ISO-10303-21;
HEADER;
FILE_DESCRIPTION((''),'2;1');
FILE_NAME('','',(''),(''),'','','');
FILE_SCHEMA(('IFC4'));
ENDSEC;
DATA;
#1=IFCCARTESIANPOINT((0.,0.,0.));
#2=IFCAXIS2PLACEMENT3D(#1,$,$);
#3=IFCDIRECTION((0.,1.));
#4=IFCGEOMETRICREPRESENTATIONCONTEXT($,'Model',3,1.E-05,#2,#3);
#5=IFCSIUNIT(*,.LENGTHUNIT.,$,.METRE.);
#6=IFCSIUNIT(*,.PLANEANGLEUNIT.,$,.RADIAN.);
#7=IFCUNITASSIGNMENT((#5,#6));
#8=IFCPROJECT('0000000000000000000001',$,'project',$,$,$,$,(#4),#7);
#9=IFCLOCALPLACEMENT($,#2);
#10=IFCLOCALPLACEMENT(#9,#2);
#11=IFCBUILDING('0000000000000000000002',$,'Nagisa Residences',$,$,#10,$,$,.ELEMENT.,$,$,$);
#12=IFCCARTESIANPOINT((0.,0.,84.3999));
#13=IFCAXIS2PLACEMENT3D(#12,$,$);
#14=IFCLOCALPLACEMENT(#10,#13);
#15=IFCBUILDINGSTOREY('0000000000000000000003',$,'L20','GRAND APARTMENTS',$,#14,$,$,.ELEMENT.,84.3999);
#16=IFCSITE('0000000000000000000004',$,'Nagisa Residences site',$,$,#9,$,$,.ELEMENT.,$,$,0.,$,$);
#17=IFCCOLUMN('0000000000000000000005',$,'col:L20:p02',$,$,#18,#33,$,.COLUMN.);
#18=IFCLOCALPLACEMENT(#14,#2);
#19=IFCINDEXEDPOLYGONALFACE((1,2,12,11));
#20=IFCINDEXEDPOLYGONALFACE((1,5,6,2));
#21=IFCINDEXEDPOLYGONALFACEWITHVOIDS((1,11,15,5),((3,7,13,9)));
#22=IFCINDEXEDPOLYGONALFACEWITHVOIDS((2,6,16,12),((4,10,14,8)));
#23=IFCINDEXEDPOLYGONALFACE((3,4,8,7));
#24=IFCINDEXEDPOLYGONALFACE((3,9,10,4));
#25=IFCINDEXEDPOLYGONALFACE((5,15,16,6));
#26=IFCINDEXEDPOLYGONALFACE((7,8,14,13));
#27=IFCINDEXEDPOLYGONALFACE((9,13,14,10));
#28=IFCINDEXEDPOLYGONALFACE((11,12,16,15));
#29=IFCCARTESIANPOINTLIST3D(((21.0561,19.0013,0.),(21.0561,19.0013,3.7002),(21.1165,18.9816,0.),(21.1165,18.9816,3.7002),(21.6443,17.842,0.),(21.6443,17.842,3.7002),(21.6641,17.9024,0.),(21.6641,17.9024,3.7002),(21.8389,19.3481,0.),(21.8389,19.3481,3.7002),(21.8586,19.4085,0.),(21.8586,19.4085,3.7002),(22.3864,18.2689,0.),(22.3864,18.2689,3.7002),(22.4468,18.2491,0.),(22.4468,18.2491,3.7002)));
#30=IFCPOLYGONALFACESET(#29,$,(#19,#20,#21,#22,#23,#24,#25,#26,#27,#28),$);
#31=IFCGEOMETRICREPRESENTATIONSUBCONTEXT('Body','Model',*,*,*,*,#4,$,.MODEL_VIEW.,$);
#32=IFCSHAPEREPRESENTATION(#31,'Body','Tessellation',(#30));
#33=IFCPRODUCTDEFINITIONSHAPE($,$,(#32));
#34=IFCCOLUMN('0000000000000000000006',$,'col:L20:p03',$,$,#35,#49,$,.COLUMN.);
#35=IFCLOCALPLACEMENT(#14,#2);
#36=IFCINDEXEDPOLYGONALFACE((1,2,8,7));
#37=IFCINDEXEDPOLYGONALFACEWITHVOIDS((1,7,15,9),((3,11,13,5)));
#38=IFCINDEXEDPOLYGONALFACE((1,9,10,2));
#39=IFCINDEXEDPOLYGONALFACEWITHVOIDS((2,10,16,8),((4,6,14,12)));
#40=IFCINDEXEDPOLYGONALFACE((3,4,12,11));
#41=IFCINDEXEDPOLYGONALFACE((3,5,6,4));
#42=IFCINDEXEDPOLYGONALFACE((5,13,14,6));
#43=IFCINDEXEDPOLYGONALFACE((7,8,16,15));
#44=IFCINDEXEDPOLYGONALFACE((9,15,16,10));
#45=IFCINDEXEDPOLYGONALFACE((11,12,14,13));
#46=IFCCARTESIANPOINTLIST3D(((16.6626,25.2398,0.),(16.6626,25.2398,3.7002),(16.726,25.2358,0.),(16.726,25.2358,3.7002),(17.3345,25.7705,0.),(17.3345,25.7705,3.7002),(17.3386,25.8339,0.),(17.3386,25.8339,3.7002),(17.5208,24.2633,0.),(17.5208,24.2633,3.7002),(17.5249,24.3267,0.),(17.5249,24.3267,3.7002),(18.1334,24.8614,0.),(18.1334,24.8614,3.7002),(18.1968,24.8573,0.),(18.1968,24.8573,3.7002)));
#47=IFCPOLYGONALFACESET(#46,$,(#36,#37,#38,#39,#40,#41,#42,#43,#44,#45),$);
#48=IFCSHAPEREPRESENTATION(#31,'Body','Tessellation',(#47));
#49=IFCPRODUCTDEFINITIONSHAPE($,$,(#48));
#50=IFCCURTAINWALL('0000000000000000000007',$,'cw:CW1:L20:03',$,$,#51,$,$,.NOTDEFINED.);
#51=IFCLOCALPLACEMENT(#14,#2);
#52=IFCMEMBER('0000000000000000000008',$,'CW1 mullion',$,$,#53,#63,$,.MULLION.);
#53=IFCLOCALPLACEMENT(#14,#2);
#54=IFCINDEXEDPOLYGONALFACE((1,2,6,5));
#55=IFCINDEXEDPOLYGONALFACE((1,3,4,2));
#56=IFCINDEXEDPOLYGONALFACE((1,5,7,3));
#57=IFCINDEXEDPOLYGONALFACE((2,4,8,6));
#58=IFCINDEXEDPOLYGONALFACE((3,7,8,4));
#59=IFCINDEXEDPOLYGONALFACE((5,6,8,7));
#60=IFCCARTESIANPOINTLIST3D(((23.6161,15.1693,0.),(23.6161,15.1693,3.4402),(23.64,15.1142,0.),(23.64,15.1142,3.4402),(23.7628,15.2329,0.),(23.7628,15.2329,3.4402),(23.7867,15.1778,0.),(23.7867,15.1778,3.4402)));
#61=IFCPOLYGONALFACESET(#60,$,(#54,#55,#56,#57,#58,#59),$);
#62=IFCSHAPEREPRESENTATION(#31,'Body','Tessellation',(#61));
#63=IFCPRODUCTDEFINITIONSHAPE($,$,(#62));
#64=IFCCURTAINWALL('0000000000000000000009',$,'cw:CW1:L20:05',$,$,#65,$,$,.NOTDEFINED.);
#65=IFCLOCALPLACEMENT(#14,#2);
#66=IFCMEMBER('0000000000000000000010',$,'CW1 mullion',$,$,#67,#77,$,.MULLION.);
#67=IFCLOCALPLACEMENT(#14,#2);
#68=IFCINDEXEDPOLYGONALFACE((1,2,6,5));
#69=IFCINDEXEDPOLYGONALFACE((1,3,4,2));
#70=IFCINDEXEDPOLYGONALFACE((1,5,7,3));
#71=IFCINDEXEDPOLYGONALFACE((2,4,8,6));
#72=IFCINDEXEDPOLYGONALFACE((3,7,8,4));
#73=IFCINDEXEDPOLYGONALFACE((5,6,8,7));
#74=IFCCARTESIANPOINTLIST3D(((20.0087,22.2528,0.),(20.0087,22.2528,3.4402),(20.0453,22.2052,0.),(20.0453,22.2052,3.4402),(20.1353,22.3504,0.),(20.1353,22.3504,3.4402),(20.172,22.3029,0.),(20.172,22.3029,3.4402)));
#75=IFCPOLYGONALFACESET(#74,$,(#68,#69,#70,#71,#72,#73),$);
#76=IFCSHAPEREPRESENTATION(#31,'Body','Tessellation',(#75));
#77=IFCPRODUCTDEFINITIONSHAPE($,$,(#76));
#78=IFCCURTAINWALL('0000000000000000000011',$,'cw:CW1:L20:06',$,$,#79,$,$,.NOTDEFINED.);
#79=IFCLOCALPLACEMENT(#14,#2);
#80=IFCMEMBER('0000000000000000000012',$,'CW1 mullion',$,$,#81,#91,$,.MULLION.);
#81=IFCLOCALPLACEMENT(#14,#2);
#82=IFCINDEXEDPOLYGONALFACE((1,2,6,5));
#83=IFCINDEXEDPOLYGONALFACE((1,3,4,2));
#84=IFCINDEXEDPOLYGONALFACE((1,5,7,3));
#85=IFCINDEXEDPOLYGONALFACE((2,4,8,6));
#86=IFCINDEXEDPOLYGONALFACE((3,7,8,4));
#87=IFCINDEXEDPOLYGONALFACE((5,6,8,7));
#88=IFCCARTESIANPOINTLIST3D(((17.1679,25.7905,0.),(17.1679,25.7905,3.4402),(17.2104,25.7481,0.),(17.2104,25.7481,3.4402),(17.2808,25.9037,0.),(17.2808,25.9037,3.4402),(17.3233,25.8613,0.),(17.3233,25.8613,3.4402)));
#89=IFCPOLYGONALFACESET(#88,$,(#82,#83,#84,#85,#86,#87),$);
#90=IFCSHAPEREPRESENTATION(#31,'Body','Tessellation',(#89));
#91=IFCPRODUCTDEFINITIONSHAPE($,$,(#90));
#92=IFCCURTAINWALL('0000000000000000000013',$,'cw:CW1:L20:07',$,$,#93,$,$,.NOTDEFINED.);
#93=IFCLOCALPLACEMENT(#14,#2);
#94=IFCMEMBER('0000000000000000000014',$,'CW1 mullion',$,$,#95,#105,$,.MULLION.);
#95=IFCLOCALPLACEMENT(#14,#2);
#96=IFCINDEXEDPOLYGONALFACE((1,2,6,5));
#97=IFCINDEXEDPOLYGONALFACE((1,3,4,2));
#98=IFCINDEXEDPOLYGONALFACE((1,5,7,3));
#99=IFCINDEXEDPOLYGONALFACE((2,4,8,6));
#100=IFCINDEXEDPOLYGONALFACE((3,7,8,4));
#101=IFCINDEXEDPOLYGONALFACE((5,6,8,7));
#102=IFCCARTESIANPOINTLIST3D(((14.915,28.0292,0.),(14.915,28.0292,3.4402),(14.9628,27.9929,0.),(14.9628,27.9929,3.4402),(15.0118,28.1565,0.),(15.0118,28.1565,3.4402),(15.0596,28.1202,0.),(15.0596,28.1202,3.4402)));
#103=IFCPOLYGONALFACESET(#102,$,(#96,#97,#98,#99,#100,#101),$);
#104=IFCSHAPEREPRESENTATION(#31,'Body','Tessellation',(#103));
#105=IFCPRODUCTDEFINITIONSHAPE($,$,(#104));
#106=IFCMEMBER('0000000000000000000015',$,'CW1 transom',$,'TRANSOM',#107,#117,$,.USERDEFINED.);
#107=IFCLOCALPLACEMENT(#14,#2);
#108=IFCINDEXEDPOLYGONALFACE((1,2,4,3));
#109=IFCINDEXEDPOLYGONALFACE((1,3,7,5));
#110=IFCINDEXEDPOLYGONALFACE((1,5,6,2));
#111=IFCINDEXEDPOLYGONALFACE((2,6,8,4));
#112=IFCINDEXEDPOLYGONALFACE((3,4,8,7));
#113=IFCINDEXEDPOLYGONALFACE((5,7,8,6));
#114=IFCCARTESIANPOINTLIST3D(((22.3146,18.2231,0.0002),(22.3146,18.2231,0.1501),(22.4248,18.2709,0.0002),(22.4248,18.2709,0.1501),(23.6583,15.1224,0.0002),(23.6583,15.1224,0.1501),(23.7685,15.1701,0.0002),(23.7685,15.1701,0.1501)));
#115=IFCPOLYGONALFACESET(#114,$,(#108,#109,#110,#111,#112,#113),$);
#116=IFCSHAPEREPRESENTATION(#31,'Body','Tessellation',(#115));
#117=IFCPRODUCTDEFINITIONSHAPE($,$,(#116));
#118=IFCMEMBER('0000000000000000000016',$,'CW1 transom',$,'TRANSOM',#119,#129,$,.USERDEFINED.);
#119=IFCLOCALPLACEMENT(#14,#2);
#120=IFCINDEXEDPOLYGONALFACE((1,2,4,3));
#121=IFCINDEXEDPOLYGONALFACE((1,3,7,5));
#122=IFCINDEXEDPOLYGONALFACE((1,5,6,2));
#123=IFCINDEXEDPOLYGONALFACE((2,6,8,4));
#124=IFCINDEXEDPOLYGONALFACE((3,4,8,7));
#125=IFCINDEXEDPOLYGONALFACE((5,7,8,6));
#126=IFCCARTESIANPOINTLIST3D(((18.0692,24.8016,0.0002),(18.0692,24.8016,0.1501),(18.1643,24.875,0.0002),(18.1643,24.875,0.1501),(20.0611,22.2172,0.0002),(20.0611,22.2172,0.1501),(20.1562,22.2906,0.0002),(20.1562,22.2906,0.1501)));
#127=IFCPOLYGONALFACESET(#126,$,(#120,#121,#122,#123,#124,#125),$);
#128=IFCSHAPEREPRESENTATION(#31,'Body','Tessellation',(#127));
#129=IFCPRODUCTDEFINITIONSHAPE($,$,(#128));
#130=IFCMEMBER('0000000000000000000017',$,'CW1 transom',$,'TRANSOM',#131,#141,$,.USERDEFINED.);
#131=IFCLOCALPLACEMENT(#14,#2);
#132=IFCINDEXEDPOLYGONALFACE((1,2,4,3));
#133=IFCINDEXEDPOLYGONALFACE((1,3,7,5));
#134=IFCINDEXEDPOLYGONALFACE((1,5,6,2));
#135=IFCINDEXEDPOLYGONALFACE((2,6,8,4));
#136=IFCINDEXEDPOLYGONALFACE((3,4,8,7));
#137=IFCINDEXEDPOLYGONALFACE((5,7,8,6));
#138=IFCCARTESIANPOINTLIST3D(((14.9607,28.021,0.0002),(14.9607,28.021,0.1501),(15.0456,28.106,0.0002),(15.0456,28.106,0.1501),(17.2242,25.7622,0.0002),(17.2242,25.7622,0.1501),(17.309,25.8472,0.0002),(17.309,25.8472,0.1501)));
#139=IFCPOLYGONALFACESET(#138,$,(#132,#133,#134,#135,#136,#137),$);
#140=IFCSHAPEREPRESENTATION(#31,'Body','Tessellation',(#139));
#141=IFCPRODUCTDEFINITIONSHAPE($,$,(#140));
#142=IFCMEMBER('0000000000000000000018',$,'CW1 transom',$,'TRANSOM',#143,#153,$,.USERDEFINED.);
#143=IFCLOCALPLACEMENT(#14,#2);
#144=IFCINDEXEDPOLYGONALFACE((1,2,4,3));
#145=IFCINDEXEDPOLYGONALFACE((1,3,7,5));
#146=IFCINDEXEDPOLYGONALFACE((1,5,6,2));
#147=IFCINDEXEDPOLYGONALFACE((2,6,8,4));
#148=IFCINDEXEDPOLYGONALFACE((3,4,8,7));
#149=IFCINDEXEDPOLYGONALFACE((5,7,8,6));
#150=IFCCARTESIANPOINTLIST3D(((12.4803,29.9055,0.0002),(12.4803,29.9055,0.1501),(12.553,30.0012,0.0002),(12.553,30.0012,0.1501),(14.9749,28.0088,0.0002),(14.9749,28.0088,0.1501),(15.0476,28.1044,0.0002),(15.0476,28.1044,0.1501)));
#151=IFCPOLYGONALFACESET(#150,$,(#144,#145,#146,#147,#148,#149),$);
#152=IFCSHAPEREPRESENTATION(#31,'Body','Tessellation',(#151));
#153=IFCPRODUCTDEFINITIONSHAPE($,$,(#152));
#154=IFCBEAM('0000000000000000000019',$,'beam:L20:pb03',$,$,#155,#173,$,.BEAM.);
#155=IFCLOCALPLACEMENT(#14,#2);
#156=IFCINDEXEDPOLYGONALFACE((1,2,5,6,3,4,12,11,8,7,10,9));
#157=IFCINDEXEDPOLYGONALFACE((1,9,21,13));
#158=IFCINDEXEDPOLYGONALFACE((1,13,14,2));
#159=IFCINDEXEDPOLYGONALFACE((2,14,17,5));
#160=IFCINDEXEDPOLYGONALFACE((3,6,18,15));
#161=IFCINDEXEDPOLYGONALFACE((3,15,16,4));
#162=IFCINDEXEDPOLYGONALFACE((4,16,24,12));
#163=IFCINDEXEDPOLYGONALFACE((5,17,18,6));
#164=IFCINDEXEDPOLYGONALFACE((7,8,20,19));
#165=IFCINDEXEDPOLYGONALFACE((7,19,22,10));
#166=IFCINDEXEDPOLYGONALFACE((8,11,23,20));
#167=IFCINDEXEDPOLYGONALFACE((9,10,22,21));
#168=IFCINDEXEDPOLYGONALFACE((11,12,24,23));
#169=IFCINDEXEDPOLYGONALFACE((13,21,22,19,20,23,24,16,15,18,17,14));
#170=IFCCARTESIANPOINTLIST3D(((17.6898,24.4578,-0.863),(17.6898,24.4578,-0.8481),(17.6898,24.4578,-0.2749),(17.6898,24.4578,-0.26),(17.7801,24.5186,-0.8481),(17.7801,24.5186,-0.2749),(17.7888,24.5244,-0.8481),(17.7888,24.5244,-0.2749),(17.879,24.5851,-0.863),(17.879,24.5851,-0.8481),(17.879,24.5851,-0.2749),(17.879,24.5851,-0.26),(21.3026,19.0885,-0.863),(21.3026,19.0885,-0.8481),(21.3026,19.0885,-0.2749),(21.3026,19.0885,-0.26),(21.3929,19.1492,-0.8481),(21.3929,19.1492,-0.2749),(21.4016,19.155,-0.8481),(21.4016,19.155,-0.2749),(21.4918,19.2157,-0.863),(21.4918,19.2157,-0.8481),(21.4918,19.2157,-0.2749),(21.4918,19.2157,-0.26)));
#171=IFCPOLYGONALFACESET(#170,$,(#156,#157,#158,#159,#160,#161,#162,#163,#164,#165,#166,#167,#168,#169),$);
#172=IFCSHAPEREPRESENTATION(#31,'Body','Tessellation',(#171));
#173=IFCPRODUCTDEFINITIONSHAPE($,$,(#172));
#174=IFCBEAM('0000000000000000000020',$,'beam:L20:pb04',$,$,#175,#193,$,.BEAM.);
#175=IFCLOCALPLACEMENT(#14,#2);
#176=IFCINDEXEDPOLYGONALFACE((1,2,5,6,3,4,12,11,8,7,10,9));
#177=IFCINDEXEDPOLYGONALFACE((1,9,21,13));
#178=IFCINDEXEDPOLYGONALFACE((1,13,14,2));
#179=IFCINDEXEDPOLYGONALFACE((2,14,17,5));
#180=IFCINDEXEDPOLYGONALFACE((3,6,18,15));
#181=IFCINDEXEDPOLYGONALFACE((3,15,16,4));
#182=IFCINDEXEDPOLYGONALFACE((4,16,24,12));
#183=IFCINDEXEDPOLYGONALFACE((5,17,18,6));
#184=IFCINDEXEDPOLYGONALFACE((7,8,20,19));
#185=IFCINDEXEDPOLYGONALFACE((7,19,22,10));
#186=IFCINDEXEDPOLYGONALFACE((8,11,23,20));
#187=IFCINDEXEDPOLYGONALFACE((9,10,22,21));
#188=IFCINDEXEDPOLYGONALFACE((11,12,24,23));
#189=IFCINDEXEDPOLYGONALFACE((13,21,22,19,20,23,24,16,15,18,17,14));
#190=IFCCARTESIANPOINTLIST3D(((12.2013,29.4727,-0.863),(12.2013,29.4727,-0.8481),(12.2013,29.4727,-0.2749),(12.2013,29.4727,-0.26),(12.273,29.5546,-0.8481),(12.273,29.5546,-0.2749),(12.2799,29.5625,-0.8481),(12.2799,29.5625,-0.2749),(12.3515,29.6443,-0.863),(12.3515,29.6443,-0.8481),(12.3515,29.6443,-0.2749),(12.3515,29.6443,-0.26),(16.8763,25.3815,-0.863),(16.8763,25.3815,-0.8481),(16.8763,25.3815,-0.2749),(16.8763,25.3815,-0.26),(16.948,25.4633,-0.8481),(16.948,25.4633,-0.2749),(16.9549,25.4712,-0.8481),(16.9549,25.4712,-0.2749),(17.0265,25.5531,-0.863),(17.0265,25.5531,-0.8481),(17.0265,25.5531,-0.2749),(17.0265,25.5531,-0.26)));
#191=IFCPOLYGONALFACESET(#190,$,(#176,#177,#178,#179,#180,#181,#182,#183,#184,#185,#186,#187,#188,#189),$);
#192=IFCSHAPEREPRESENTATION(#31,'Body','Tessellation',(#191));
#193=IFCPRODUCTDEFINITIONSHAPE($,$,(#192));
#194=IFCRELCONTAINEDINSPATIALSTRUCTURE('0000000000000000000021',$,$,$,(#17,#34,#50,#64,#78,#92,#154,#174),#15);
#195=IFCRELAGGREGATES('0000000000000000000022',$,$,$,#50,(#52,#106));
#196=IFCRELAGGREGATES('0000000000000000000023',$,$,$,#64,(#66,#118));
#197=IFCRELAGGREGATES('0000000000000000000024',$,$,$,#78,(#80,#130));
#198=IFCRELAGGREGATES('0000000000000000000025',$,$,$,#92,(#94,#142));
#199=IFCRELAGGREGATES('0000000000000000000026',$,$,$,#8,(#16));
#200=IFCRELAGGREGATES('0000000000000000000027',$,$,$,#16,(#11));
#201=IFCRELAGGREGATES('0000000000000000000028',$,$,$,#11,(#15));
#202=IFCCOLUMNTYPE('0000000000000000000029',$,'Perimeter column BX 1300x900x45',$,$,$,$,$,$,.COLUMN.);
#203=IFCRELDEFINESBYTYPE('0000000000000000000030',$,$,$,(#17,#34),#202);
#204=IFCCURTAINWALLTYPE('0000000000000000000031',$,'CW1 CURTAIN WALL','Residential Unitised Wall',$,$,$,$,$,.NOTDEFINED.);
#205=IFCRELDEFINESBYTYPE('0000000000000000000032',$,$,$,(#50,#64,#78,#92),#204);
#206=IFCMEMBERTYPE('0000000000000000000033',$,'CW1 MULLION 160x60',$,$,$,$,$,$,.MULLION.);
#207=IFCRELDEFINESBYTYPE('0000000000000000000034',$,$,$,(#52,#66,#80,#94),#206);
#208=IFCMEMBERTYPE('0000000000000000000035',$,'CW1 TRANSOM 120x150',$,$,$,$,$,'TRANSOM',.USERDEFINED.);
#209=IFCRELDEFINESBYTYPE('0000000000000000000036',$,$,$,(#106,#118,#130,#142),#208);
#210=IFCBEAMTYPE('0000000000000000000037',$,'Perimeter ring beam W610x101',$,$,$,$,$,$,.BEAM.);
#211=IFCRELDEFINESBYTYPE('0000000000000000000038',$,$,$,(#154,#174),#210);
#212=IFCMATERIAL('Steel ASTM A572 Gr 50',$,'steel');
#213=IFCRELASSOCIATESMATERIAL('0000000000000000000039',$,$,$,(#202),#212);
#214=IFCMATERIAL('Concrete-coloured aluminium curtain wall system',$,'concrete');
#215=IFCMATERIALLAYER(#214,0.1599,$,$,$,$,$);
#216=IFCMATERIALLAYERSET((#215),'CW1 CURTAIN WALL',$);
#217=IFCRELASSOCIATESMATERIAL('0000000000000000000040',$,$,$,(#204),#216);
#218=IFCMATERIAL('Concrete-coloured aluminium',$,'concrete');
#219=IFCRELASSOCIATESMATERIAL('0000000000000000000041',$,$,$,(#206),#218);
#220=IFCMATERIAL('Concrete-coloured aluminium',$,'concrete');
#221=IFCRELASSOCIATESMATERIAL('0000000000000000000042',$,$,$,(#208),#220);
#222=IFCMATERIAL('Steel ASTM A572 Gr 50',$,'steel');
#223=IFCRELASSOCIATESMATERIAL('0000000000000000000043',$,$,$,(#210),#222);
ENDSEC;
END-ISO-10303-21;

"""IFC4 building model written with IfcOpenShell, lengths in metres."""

from ifc_helpers import new_model, si_unit, direction, frame, origin, origin_2d, place, context, subcontext, project, spatial, rectangle, hollow_rectangle, i_section, extrude, material, layer, layer_set, material_profile, profile_set, type_object, element, aggregate, save


model = new_model("IFC4")

# Units and contexts
model_context = context("Model", 3, precision=1e-05, world=origin(), true_north=direction((0.0, 1.0)))
body_context = subcontext(model_context, "Body", "Model", "MODEL_VIEW")
ifc_project = project(units=[si_unit("LENGTHUNIT", "METRE"), si_unit("PLANEANGLEUNIT", "RADIAN")], contexts=[model_context])

# Site, building, storey
site_placement = place(None, origin())
site = spatial("IfcSite", under=ifc_project, at=site_placement, Name="Nagisa Residences site", CompositionType="ELEMENT", RefElevation=0.0)
building_placement = place(site_placement, origin())
building = spatial("IfcBuilding", under=site, at=building_placement, Name="Nagisa Residences", CompositionType="ELEMENT")
storey_placement = place(building_placement, frame((0.0, 0.0, 84.3999)))
storey = spatial("IfcBuildingStorey", under=building, at=storey_placement, Name="L20", Description="GRAND APARTMENTS", CompositionType="ELEMENT", Elevation=84.3999)

# Columns
ifc_material_1 = material(Name="Steel ASTM A572 Gr 50", Category="steel")
ifc_material_profile_1 = material_profile(ifc_material_1, hollow_rectangle(XDim=1.3, YDim=0.8999, WallThickness=0.0449, at=origin_2d()), Name="BX 1300x900x45")
ifc_profile_set_1 = profile_set([ifc_material_profile_1], Name="Steel ASTM A572 Gr 50")
column_type = type_object("IfcColumnType", Name="Perimeter column BX 1300x900x45", PredefinedType="COLUMN", material=ifc_profile_set_1)
for number, where, z_axis, x_axis, name in (
    (1, (21.7515, 18.6252, 0.0), (0.0, 0.0, 1.0), (-0.452463, 0.891783, 0.0), "col:L20:p02"),
    (2, (17.4297, 25.0486, 0.0), (0.0, 0.0, 1.0), (-0.660115, 0.751165, 0.0), "col:L20:p03"),
):
    element("IfcColumn", number, at=place(storey_placement, frame(where, z_axis=z_axis, x_axis=x_axis)), inside=storey, type_object=column_type, Name=name, PredefinedType="COLUMN", context=body_context, shape_type="SweptSolid", body=[
        extrude(hollow_rectangle(XDim=1.3, YDim=0.8999, WallThickness=0.0449, at=origin_2d()), origin(), (0.0, 0.0, 1.0), 3.7002),
    ])

# Curtain walls, members
ifc_material_2 = material(Name="Concrete-coloured aluminium curtain wall system", Category="concrete")
ifc_layer_1 = layer(ifc_material_2, 0.1599)
ifc_layer_set_1 = layer_set([ifc_layer_1], Name="CW1 CURTAIN WALL")
curtain_wall_type = type_object("IfcCurtainWallType", Name="CW1 CURTAIN WALL", Description="Residential Unitised Wall", PredefinedType="NOTDEFINED", material=ifc_layer_set_1)
curtain_wall_1_placement = place(storey_placement, origin())
curtain_wall_1 = element("IfcCurtainWall", 3, at=curtain_wall_1_placement, inside=storey, type_object=curtain_wall_type, Name="cw:CW1:L20:03", PredefinedType="NOTDEFINED")
ifc_material_3 = material(Name="Concrete-coloured aluminium", Category="concrete")
ifc_material_profile_2 = material_profile(ifc_material_3, rectangle(XDim=0.1599, YDim=0.0601, at=origin_2d()), Name="CW1 MULLION 160x60")
ifc_profile_set_2 = profile_set([ifc_material_profile_2], Name="Concrete-coloured aluminium")
member_type_1 = type_object("IfcMemberType", Name="CW1 MULLION 160x60", PredefinedType="MULLION", material=ifc_profile_set_2)
member_1_placement = place(storey_placement, frame((23.7014, 15.1736, 0.0), z_axis=(0.0, 0.0, 1.0), x_axis=(-0.917543, -0.397636, 0.0)))
member_1 = element("IfcMember", 4, at=member_1_placement, type_object=member_type_1, Name="CW1 mullion", PredefinedType="MULLION", context=body_context, shape_type="SweptSolid", body=[
    extrude(rectangle(XDim=0.1599, YDim=0.0601, at=origin_2d()), origin(), (0.0, 0.0, 1.0), 3.4402),
])
curtain_wall_2_placement = place(storey_placement, origin())
curtain_wall_2 = element("IfcCurtainWall", 5, at=curtain_wall_2_placement, inside=storey, type_object=curtain_wall_type, Name="cw:CW1:L20:05", PredefinedType="NOTDEFINED")
member_2_placement = place(storey_placement, frame((20.0903, 22.2778, 0.0), z_axis=(0.0, 0.0, 1.0), x_axis=(-0.79207, -0.61043, 0.0)))
member_2 = element("IfcMember", 6, at=member_2_placement, type_object=member_type_1, Name="CW1 mullion", PredefinedType="MULLION", context=body_context, shape_type="SweptSolid", body=[
    extrude(rectangle(XDim=0.1599, YDim=0.0601, at=origin_2d()), origin(), (0.0, 0.0, 1.0), 3.4402),
])
curtain_wall_3_placement = place(storey_placement, origin())
curtain_wall_3 = element("IfcCurtainWall", 7, at=curtain_wall_3_placement, inside=storey, type_object=curtain_wall_type, Name="cw:CW1:L20:06", PredefinedType="NOTDEFINED")
member_3_placement = place(storey_placement, frame((17.2456, 25.8259, 0.0), z_axis=(0.0, 0.0, 1.0), x_axis=(-0.706377, -0.707836, 0.0)))
member_3 = element("IfcMember", 8, at=member_3_placement, type_object=member_type_1, Name="CW1 mullion", PredefinedType="MULLION", context=body_context, shape_type="SweptSolid", body=[
    extrude(rectangle(XDim=0.1599, YDim=0.0601, at=origin_2d()), origin(), (0.0, 0.0, 1.0), 3.4402),
])
curtain_wall_4_placement = place(storey_placement, origin())
curtain_wall_4 = element("IfcCurtainWall", 9, at=curtain_wall_4_placement, inside=storey, type_object=curtain_wall_type, Name="cw:CW1:L20:07", PredefinedType="NOTDEFINED")
member_4_placement = place(storey_placement, frame((14.9873, 28.0747, 0.0), z_axis=(0.0, 0.0, 1.0), x_axis=(-0.605255, -0.796031, 0.0)))
member_4 = element("IfcMember", 10, at=member_4_placement, type_object=member_type_1, Name="CW1 mullion", PredefinedType="MULLION", context=body_context, shape_type="SweptSolid", body=[
    extrude(rectangle(XDim=0.1599, YDim=0.0601, at=origin_2d()), origin(), (0.0, 0.0, 1.0), 3.4402),
])

# Members
ifc_material_4 = material(Name="Concrete-coloured aluminium", Category="concrete")
ifc_material_profile_3 = material_profile(ifc_material_4, rectangle(XDim=0.1201, YDim=0.1499, at=origin_2d()), Name="CW1 TRANSOM 120x150")
ifc_profile_set_3 = profile_set([ifc_material_profile_3], Name="Concrete-coloured aluminium")
member_type_2 = type_object("IfcMemberType", Name="CW1 TRANSOM 120x150", ElementType="TRANSOM", PredefinedType="USERDEFINED", material=ifc_profile_set_3)
member_5_placement = place(storey_placement, frame((23.7134, 15.1462, 0.0752), z_axis=(-0.397622, 0.917549, 0.0), x_axis=(-0.917549, -0.397622, 0.0)))
member_5 = element("IfcMember", 11, at=member_5_placement, type_object=member_type_2, Name="CW1 transom", ObjectType="TRANSOM", PredefinedType="USERDEFINED", context=body_context, shape_type="SweptSolid", body=[
    extrude(rectangle(XDim=0.1201, YDim=0.1499, at=origin_2d()), origin(), (0.0, 0.0, 1.0), 3.3794),
])
member_6_placement = place(storey_placement, frame((20.1086, 22.2539, 0.0752), z_axis=(-0.610459, 0.792048, 0.0), x_axis=(-0.792048, -0.610459, 0.0)))
member_6 = element("IfcMember", 12, at=member_6_placement, type_object=member_type_2, Name="CW1 transom", ObjectType="TRANSOM", PredefinedType="USERDEFINED", context=body_context, shape_type="SweptSolid", body=[
    extrude(rectangle(XDim=0.1201, YDim=0.1499, at=origin_2d()), origin(), (0.0, 0.0, 1.0), 3.2629),
])
member_7_placement = place(storey_placement, frame((17.2666, 25.8047, 0.0752), z_axis=(-0.707832, 0.706381, 0.0), x_axis=(-0.706381, -0.707832, 0.0)))
member_7 = element("IfcMember", 13, at=member_7_placement, type_object=member_type_2, Name="CW1 transom", ObjectType="TRANSOM", PredefinedType="USERDEFINED", context=body_context, shape_type="SweptSolid", body=[
    extrude(rectangle(XDim=0.1201, YDim=0.1499, at=origin_2d()), origin(), (0.0, 0.0, 1.0), 3.1978),
])
member_8_placement = place(storey_placement, frame((15.0112, 28.0566, 0.0752), z_axis=(-0.796038, 0.605247, 0.0), x_axis=(-0.605247, -0.796038, 0.0)))
member_8 = element("IfcMember", 14, at=member_8_placement, type_object=member_type_2, Name="CW1 transom", ObjectType="TRANSOM", PredefinedType="USERDEFINED", context=body_context, shape_type="SweptSolid", body=[
    extrude(rectangle(XDim=0.1201, YDim=0.1499, at=origin_2d()), origin(), (0.0, 0.0, 1.0), 3.1338),
])

# Beams
ifc_material_5 = material(Name="Steel ASTM A572 Gr 50", Category="steel")
ifc_material_profile_4 = material_profile(ifc_material_5, i_section(OverallWidth=0.228, OverallDepth=0.603, WebThickness=0.0105, FlangeThickness=0.0149, at=origin_2d()), Name="W610x101")
ifc_profile_set_4 = profile_set([ifc_material_profile_4], Name="Steel ASTM A572 Gr 50")
beam_type_1 = type_object("IfcBeamType", Name="Perimeter ring beam W610x101", PredefinedType="BEAM", material=ifc_profile_set_4)
beam_1_placement = place(storey_placement, frame((21.3972, 19.1521, -0.5615), z_axis=(-0.558247, 0.829675, 0.0), x_axis=(-0.829675, -0.558247, 0.0)))
element("IfcBeam", 15, at=beam_1_placement, inside=storey, type_object=beam_type_1, Name="beam:L20:pb03", PredefinedType="BEAM", context=body_context, shape_type="SweptSolid", body=[
    extrude(i_section(OverallWidth=0.228, OverallDepth=0.603, WebThickness=0.0105, FlangeThickness=0.0149, at=origin_2d()), origin(), (0.0, 0.0, 1.0), 6.4717),
])
beam_2_placement = place(storey_placement, frame((16.9514, 25.4673, -0.5615), z_axis=(-0.752526, 0.658563, 0.0), x_axis=(-0.658563, -0.752526, 0.0)))
element("IfcBeam", 16, at=beam_2_placement, inside=storey, type_object=beam_type_1, Name="beam:L20:pb04", PredefinedType="BEAM", context=body_context, shape_type="SweptSolid", body=[
    extrude(i_section(OverallWidth=0.228, OverallDepth=0.603, WebThickness=0.0105, FlangeThickness=0.0149, at=origin_2d()), origin(), (0.0, 0.0, 1.0), 6.2124),
])

aggregate(curtain_wall_1, [member_1, member_5])
aggregate(curtain_wall_2, [member_2, member_6])
aggregate(curtain_wall_3, [member_3, member_7])
aggregate(curtain_wall_4, [member_4, member_8])

save(model, "model.ifc")
